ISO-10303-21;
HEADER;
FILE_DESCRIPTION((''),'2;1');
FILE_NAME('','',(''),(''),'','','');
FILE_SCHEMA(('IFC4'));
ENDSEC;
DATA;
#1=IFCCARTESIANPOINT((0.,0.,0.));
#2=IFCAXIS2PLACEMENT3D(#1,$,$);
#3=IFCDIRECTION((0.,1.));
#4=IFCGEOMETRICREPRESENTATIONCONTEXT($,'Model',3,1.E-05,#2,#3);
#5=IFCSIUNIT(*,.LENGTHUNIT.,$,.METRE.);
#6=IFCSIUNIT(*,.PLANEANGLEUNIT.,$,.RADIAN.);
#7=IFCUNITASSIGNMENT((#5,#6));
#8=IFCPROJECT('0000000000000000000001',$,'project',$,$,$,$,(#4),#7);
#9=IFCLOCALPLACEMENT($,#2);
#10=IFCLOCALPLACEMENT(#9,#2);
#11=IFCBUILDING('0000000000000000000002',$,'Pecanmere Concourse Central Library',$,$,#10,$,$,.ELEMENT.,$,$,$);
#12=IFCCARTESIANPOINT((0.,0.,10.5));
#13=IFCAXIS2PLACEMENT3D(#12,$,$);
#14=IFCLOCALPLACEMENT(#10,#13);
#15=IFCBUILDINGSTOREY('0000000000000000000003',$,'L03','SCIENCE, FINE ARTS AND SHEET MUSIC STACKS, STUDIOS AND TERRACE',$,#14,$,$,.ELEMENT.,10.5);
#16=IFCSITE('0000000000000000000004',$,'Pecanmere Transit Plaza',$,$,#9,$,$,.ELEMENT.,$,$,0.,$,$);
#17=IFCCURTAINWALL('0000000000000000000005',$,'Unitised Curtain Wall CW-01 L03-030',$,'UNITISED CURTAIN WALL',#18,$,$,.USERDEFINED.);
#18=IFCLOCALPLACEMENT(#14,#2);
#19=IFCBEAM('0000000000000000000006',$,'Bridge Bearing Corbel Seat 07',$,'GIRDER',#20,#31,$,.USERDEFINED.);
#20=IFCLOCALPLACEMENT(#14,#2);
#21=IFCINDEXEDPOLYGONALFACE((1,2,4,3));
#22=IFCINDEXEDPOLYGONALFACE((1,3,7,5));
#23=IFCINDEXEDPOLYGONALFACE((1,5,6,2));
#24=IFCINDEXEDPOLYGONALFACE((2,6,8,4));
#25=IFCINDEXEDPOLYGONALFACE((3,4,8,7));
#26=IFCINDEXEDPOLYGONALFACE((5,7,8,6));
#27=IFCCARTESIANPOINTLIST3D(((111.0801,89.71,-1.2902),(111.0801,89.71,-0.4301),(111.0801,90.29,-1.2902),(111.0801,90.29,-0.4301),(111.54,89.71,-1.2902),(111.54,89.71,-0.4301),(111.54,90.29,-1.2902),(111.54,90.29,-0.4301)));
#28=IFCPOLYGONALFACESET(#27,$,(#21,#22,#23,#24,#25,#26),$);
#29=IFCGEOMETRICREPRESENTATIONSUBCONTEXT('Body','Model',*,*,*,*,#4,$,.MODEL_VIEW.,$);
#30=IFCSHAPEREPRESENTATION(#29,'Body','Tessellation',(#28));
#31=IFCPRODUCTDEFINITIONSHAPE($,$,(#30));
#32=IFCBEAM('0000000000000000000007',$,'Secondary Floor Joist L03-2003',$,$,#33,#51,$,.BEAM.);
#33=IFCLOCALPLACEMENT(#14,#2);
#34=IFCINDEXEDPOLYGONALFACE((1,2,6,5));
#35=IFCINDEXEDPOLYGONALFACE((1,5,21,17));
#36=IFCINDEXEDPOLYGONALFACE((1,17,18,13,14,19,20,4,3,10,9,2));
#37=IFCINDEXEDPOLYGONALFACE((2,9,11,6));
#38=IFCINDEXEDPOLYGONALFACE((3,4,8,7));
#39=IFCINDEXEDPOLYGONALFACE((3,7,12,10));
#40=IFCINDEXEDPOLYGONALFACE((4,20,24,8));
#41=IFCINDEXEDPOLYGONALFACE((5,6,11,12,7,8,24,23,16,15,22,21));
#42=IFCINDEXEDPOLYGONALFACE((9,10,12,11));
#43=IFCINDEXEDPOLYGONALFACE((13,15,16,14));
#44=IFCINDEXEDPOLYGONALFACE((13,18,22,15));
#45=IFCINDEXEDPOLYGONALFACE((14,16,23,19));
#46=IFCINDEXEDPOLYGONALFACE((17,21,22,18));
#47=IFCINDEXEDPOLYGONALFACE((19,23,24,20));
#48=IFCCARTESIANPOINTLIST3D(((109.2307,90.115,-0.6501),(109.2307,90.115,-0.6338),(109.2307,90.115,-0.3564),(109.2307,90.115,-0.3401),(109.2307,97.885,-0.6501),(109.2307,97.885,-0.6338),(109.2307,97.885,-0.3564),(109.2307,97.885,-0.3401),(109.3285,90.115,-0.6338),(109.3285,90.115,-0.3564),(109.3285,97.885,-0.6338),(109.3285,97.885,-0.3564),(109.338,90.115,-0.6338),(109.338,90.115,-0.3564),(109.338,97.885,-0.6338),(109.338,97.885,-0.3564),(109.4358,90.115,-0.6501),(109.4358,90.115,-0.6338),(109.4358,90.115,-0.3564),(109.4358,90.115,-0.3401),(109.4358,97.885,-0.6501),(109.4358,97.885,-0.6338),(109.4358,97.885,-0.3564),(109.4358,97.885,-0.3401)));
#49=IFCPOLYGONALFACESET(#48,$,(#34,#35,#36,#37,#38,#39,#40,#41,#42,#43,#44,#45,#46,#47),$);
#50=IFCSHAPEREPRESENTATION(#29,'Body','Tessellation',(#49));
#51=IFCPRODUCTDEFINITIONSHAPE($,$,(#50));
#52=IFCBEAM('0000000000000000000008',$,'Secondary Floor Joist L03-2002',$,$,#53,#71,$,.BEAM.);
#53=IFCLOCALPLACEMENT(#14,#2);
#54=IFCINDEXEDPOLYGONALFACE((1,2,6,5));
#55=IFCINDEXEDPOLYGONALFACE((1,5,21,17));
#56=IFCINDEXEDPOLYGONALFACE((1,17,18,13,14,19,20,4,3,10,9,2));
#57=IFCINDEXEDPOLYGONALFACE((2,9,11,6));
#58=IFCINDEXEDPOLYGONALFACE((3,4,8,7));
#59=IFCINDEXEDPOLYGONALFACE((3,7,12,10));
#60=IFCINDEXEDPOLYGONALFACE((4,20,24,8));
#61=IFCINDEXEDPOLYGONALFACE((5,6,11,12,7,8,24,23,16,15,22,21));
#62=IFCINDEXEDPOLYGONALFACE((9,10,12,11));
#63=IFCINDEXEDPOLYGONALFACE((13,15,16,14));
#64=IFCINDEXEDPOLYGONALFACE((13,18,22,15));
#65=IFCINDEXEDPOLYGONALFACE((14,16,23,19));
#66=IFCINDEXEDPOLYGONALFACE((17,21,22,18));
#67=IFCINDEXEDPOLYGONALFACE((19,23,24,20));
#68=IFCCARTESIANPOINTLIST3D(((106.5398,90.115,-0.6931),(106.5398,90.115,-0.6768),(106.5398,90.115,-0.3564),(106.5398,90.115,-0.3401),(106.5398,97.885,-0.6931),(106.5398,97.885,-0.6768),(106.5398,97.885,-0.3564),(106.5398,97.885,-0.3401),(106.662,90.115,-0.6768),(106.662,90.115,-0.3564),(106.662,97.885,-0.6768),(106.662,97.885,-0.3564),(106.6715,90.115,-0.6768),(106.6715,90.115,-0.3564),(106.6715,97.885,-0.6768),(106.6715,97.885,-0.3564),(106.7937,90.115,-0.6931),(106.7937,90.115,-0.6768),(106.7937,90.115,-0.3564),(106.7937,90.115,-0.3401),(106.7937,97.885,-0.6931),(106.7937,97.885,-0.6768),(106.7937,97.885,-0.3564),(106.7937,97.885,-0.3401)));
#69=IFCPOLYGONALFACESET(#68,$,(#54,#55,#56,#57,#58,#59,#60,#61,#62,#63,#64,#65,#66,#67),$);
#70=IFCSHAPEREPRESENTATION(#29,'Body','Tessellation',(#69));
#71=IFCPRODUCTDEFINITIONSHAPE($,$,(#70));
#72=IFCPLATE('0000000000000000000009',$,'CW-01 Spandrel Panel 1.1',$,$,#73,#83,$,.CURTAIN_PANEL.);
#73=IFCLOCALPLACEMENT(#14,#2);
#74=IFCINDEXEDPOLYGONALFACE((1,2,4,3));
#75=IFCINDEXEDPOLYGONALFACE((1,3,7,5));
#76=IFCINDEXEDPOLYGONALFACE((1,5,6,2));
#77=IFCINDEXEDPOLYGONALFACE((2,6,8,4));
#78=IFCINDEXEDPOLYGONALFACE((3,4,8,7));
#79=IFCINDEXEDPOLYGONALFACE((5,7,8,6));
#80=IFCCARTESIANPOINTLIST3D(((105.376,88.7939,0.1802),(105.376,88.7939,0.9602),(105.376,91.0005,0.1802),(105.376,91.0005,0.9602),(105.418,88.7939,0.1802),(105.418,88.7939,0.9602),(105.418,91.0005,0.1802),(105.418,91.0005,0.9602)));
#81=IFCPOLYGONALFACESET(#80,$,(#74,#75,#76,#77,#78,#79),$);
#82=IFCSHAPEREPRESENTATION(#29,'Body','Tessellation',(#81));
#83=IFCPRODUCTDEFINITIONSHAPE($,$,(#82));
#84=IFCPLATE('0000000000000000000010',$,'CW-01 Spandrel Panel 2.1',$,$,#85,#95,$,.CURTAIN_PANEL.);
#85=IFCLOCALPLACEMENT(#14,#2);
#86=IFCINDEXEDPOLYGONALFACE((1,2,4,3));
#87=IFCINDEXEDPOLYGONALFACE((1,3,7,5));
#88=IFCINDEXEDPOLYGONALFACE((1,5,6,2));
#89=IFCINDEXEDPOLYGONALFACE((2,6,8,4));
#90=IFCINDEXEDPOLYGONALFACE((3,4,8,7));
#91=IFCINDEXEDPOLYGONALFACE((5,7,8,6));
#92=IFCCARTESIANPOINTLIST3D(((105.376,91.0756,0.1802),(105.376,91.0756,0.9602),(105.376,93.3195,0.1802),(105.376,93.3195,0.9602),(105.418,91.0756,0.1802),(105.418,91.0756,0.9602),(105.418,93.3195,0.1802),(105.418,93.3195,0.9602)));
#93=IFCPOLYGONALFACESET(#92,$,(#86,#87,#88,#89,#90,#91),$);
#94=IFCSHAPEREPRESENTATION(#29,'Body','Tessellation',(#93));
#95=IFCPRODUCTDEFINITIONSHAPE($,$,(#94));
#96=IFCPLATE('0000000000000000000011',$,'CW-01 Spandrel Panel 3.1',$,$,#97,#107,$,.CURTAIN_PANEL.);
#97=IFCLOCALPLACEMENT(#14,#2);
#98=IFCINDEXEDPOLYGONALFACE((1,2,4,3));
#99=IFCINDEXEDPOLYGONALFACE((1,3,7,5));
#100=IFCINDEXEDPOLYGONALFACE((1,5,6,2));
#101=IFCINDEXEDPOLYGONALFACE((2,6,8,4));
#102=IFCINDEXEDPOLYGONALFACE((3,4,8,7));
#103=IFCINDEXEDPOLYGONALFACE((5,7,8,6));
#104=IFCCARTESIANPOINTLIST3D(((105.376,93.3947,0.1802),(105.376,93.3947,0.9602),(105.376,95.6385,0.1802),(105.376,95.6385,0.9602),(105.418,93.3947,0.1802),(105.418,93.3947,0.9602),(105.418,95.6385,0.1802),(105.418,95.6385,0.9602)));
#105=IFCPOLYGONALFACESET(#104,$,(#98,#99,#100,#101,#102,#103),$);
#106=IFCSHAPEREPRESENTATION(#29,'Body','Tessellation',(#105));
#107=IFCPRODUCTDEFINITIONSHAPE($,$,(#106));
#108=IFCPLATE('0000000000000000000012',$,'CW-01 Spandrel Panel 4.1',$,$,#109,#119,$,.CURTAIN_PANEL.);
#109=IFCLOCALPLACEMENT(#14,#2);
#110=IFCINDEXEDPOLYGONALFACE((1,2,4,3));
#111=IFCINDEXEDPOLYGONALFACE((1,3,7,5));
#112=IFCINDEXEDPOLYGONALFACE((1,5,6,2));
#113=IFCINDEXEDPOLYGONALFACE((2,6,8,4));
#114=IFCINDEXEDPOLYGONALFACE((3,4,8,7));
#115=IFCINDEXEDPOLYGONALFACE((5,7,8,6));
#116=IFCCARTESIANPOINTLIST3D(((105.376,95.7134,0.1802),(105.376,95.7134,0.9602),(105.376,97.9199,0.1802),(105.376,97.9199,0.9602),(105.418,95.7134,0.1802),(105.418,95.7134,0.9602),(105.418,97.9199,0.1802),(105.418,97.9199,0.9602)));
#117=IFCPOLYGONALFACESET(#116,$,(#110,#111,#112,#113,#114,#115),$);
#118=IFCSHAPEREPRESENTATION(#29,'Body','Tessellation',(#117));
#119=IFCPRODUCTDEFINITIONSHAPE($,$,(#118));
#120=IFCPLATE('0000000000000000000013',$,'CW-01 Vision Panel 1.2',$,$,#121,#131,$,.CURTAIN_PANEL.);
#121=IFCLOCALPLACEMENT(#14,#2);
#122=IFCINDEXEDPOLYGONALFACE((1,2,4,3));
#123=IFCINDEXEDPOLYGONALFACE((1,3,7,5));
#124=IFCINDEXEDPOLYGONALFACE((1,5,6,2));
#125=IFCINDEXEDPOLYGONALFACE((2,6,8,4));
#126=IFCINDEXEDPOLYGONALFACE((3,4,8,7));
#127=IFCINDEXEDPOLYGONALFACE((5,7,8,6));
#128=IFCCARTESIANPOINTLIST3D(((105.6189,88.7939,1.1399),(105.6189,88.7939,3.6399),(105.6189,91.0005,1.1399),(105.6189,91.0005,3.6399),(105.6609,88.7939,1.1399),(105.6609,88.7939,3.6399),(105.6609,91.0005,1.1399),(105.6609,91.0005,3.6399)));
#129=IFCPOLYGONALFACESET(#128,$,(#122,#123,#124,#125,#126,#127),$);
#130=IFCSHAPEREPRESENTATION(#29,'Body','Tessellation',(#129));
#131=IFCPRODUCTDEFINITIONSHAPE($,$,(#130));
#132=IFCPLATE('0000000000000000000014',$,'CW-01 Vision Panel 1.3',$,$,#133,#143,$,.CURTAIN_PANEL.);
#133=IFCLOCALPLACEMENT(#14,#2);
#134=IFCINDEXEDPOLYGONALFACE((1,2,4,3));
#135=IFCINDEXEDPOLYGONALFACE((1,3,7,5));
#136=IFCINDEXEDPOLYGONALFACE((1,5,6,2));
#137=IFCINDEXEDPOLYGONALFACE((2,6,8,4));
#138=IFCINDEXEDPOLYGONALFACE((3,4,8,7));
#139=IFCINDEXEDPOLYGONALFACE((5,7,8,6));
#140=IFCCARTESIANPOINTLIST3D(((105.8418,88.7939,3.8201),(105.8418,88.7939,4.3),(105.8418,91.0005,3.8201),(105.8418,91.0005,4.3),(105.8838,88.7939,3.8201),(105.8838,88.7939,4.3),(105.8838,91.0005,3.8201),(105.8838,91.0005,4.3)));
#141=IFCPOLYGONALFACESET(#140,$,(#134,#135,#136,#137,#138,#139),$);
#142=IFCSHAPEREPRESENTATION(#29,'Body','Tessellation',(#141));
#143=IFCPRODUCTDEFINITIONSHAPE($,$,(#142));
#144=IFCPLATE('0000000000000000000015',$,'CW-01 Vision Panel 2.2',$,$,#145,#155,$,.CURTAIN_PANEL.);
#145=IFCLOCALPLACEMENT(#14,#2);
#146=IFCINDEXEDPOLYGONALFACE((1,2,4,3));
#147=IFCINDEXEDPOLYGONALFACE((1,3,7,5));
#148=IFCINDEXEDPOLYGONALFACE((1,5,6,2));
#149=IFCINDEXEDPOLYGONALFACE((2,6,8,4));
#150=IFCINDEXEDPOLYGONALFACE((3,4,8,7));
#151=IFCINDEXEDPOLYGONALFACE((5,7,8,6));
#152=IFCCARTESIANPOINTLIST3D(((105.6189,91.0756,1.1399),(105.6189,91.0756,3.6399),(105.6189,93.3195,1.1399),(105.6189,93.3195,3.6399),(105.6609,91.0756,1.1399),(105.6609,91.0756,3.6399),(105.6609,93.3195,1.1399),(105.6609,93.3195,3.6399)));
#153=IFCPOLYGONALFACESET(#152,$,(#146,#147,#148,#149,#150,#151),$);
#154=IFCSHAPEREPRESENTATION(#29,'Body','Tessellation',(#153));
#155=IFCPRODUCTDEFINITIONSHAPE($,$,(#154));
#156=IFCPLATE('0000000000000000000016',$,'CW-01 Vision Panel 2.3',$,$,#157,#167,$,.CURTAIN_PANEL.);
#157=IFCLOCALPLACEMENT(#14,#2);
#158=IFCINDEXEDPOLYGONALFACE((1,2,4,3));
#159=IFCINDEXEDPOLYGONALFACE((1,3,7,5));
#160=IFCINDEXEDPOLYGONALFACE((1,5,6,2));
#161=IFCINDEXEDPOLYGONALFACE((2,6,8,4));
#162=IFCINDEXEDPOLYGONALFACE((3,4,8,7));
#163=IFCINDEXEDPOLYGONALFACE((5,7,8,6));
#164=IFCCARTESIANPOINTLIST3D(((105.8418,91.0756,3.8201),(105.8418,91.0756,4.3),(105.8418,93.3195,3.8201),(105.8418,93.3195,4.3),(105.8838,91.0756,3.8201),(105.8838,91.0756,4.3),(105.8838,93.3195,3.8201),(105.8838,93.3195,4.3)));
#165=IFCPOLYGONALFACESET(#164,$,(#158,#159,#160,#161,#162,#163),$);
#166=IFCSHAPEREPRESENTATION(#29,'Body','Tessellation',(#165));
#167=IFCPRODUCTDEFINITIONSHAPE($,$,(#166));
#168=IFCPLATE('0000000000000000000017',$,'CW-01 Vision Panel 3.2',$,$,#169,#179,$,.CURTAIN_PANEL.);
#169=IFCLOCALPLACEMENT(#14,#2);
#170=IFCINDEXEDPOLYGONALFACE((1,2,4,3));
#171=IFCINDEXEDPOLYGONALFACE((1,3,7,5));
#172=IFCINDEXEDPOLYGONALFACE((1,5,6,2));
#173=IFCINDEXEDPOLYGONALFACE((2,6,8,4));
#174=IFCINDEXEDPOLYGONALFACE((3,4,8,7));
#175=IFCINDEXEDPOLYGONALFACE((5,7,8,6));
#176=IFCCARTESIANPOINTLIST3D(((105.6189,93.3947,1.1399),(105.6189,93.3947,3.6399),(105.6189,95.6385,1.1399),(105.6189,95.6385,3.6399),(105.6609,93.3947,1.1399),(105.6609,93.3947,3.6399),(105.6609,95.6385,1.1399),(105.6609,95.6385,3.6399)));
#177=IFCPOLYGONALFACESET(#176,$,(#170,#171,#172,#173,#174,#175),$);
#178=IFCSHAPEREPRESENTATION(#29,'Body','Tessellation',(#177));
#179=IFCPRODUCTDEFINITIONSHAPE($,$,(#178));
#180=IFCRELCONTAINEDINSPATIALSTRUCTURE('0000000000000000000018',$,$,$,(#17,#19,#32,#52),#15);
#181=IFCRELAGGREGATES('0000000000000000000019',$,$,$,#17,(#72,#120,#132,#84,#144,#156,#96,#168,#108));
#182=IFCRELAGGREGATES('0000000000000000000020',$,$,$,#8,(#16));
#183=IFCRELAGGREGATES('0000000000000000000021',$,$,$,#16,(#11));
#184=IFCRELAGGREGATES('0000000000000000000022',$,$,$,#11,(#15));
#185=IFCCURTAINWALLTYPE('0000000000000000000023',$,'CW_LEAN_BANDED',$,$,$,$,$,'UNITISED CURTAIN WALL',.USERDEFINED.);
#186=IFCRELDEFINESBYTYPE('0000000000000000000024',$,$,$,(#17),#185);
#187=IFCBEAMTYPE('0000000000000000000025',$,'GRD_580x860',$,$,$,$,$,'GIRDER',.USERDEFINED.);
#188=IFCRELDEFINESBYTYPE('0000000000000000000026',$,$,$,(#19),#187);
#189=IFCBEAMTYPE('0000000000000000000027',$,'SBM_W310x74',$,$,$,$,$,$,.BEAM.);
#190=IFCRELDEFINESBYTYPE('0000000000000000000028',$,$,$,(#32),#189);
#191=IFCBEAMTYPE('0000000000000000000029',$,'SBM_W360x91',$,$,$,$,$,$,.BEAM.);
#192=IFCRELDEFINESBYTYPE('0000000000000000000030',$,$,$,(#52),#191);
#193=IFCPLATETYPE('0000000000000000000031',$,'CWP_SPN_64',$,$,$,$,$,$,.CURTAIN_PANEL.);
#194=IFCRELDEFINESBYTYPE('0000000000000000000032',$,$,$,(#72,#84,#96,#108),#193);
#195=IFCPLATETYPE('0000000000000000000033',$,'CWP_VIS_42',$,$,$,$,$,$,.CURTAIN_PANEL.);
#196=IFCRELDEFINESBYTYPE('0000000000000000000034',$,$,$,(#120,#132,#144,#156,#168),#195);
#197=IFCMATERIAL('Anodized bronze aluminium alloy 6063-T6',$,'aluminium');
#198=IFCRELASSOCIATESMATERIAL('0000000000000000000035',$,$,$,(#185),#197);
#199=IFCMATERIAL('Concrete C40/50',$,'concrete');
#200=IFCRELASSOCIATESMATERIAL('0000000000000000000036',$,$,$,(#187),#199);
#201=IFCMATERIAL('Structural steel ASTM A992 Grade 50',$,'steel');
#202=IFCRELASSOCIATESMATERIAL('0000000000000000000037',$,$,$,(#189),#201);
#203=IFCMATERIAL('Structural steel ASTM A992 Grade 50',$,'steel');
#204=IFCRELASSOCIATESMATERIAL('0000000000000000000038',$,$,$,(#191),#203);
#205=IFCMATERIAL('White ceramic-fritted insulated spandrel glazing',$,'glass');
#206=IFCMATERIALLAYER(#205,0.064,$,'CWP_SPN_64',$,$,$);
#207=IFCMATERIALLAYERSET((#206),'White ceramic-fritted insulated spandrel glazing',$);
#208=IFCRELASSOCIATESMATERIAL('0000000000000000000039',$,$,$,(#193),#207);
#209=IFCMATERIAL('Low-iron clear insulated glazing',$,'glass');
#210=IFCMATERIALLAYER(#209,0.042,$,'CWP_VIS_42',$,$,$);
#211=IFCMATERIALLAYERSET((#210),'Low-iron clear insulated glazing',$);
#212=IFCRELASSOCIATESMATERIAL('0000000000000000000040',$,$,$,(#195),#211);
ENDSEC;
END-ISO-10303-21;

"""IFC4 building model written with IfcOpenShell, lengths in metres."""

from ifc_helpers import new_model, si_unit, direction, frame, origin, origin_2d, place, context, subcontext, project, spatial, rectangle, i_section, extrude, material, layer, layer_set, material_profile, profile_set, type_object, element, aggregate, save


model = new_model("IFC4")

# Units and contexts
model_context = context("Model", 3, precision=1e-05, world=origin(), true_north=direction((0.0, 1.0)))
body_context = subcontext(model_context, "Body", "Model", "MODEL_VIEW")
ifc_project = project(units=[si_unit("LENGTHUNIT", "METRE"), si_unit("PLANEANGLEUNIT", "RADIAN")], contexts=[model_context])

# Site, building, storey
site_placement = place(None, origin())
site = spatial("IfcSite", under=ifc_project, at=site_placement, Name="Pecanmere Transit Plaza", CompositionType="ELEMENT", RefElevation=0.0)
building_placement = place(site_placement, origin())
building = spatial("IfcBuilding", under=site, at=building_placement, Name="Pecanmere Concourse Central Library", CompositionType="ELEMENT")
storey_placement = place(building_placement, frame((0.0, 0.0, 10.5)))
storey = spatial("IfcBuildingStorey", under=building, at=storey_placement, Name="L03", Description="SCIENCE, FINE ARTS AND SHEET MUSIC STACKS, STUDIOS AND TERRACE", CompositionType="ELEMENT", Elevation=10.5)

# Curtain wall
ifc_material_1 = material(Name="Anodized bronze aluminium alloy 6063-T6", Category="aluminium")
curtain_wall_type = type_object("IfcCurtainWallType", Name="CW_LEAN_BANDED", ElementType="UNITISED CURTAIN WALL", PredefinedType="USERDEFINED", material=ifc_material_1)
curtain_wall_placement = place(storey_placement, origin())
curtain_wall = element("IfcCurtainWall", 1, at=curtain_wall_placement, inside=storey, type_object=curtain_wall_type, Name="Unitised Curtain Wall CW-01 L03-030", ObjectType="UNITISED CURTAIN WALL", PredefinedType="USERDEFINED")

# Beams
ifc_material_2 = material(Name="Concrete C40/50", Category="concrete")
ifc_material_profile_1 = material_profile(ifc_material_2, rectangle(XDim=0.5801, YDim=0.8601, at=origin_2d()), Name="RC 580x860")
ifc_profile_set_1 = profile_set([ifc_material_profile_1], Name="Concrete C40/50")
beam_type_1 = type_object("IfcBeamType", Name="GRD_580x860", ElementType="GIRDER", PredefinedType="USERDEFINED", material=ifc_profile_set_1)
beam_1_placement = place(storey_placement, frame((111.54, 90.0, -0.8601), z_axis=(-1.0, 0.0, 0.0), x_axis=(0.0, -1.0, 0.0)))
element("IfcBeam", 2, at=beam_1_placement, inside=storey, type_object=beam_type_1, Name="Bridge Bearing Corbel Seat 07", ObjectType="GIRDER", PredefinedType="USERDEFINED", context=body_context, shape_type="SweptSolid", body=[
    extrude(rectangle(XDim=0.5801, YDim=0.8601, at=origin_2d()), origin(), (0.0, 0.0, 1.0), 0.46),
])
ifc_material_3 = material(Name="Structural steel ASTM A992 Grade 50", Category="steel")
ifc_material_profile_2 = material_profile(ifc_material_3, i_section(OverallWidth=0.2051, OverallDepth=0.3101, WebThickness=0.0095, FlangeThickness=0.0164, at=origin_2d()), Name="W310x74")
ifc_profile_set_2 = profile_set([ifc_material_profile_2], Name="Structural steel ASTM A992 Grade 50")
beam_type_2 = type_object("IfcBeamType", Name="SBM_W310x74", PredefinedType="BEAM", material=ifc_profile_set_2)
beam_2_placement = place(storey_placement, frame((109.3333, 90.115, -0.4951), z_axis=(0.0, 1.0, 0.0), x_axis=(-1.0, 0.0, 0.0)))
element("IfcBeam", 3, at=beam_2_placement, inside=storey, type_object=beam_type_2, Name="Secondary Floor Joist L03-2003", PredefinedType="BEAM", context=body_context, shape_type="SweptSolid", body=[
    extrude(i_section(OverallWidth=0.2051, OverallDepth=0.3101, WebThickness=0.0095, FlangeThickness=0.0164, at=origin_2d()), origin(), (0.0, 0.0, 1.0), 7.77),
])
ifc_material_4 = material(Name="Structural steel ASTM A992 Grade 50", Category="steel")
ifc_material_profile_3 = material_profile(ifc_material_4, i_section(OverallWidth=0.2539, OverallDepth=0.353, WebThickness=0.0095, FlangeThickness=0.0164, at=origin_2d()), Name="W360x91")
ifc_profile_set_3 = profile_set([ifc_material_profile_3], Name="Structural steel ASTM A992 Grade 50")
beam_type_3 = type_object("IfcBeamType", Name="SBM_W360x91", PredefinedType="BEAM", material=ifc_profile_set_3)
beam_3_placement = place(storey_placement, frame((106.6667, 90.115, -0.5166), z_axis=(0.0, 1.0, 0.0), x_axis=(-1.0, 0.0, 0.0)))
element("IfcBeam", 4, at=beam_3_placement, inside=storey, type_object=beam_type_3, Name="Secondary Floor Joist L03-2002", PredefinedType="BEAM", context=body_context, shape_type="SweptSolid", body=[
    extrude(i_section(OverallWidth=0.2539, OverallDepth=0.353, WebThickness=0.0095, FlangeThickness=0.0164, at=origin_2d()), origin(), (0.0, 0.0, 1.0), 7.77),
])

# Plates
ifc_material_5 = material(Name="White ceramic-fritted insulated spandrel glazing", Category="glass")
ifc_layer_1 = layer(ifc_material_5, 0.064, Name="CWP_SPN_64")
ifc_layer_set_1 = layer_set([ifc_layer_1], Name="White ceramic-fritted insulated spandrel glazing")
plate_type_1 = type_object("IfcPlateType", Name="CWP_SPN_64", PredefinedType="CURTAIN_PANEL", material=ifc_layer_set_1)
plate_1_placement = place(storey_placement, frame((105.397, 89.8972, 0.1802), z_axis=(0.0, 0.0, 1.0), x_axis=(0.0, 1.0, 0.0)))
plate_1 = element("IfcPlate", 5, at=plate_1_placement, type_object=plate_type_1, Name="CW-01 Spandrel Panel 1.1", PredefinedType="CURTAIN_PANEL", context=body_context, shape_type="SweptSolid", body=[
    extrude(rectangle(XDim=2.2065, YDim=0.042, at=origin_2d()), origin(), (0.0, 0.0, 1.0), 0.78),
])
plate_2_placement = place(storey_placement, frame((105.397, 92.1975, 0.1802), z_axis=(0.0, 0.0, 1.0), x_axis=(0.0, 1.0, 0.0)))
plate_2 = element("IfcPlate", 6, at=plate_2_placement, type_object=plate_type_1, Name="CW-01 Spandrel Panel 2.1", PredefinedType="CURTAIN_PANEL", context=body_context, shape_type="SweptSolid", body=[
    extrude(rectangle(XDim=2.2439, YDim=0.042, at=origin_2d()), origin(), (0.0, 0.0, 1.0), 0.78),
])
plate_3_placement = place(storey_placement, frame((105.397, 94.5166, 0.1802), z_axis=(0.0, 0.0, 1.0), x_axis=(0.0, 1.0, 0.0)))
plate_3 = element("IfcPlate", 7, at=plate_3_placement, type_object=plate_type_1, Name="CW-01 Spandrel Panel 3.1", PredefinedType="CURTAIN_PANEL", context=body_context, shape_type="SweptSolid", body=[
    extrude(rectangle(XDim=2.2439, YDim=0.042, at=origin_2d()), origin(), (0.0, 0.0, 1.0), 0.78),
])
plate_4_placement = place(storey_placement, frame((105.397, 96.8167, 0.1802), z_axis=(0.0, 0.0, 1.0), x_axis=(0.0, 1.0, 0.0)))
plate_4 = element("IfcPlate", 8, at=plate_4_placement, type_object=plate_type_1, Name="CW-01 Spandrel Panel 4.1", PredefinedType="CURTAIN_PANEL", context=body_context, shape_type="SweptSolid", body=[
    extrude(rectangle(XDim=2.2065, YDim=0.042, at=origin_2d()), origin(), (0.0, 0.0, 1.0), 0.78),
])
ifc_material_6 = material(Name="Low-iron clear insulated glazing", Category="glass")
ifc_layer_2 = layer(ifc_material_6, 0.042, Name="CWP_VIS_42")
ifc_layer_set_2 = layer_set([ifc_layer_2], Name="Low-iron clear insulated glazing")
plate_type_2 = type_object("IfcPlateType", Name="CWP_VIS_42", PredefinedType="CURTAIN_PANEL", material=ifc_layer_set_2)
plate_5_placement = place(storey_placement, frame((105.6399, 89.8972, 1.1399), z_axis=(0.0, 0.0, 1.0), x_axis=(0.0, 1.0, 0.0)))
plate_5 = element("IfcPlate", 9, at=plate_5_placement, type_object=plate_type_2, Name="CW-01 Vision Panel 1.2", PredefinedType="CURTAIN_PANEL", context=body_context, shape_type="SweptSolid", body=[
    extrude(rectangle(XDim=2.2065, YDim=0.042, at=origin_2d()), origin(), (0.0, 0.0, 1.0), 2.5),
])
plate_6_placement = place(storey_placement, frame((105.8628, 89.8972, 3.8201), z_axis=(0.0, 0.0, 1.0), x_axis=(0.0, 1.0, 0.0)))
plate_6 = element("IfcPlate", 10, at=plate_6_placement, type_object=plate_type_2, Name="CW-01 Vision Panel 1.3", PredefinedType="CURTAIN_PANEL", context=body_context, shape_type="SweptSolid", body=[
    extrude(rectangle(XDim=2.2065, YDim=0.042, at=origin_2d()), origin(), (0.0, 0.0, 1.0), 0.48),
])
plate_7_placement = place(storey_placement, frame((105.6399, 92.1975, 1.1399), z_axis=(0.0, 0.0, 1.0), x_axis=(0.0, 1.0, 0.0)))
plate_7 = element("IfcPlate", 11, at=plate_7_placement, type_object=plate_type_2, Name="CW-01 Vision Panel 2.2", PredefinedType="CURTAIN_PANEL", context=body_context, shape_type="SweptSolid", body=[
    extrude(rectangle(XDim=2.2439, YDim=0.042, at=origin_2d()), origin(), (0.0, 0.0, 1.0), 2.5),
])
plate_8_placement = place(storey_placement, frame((105.8628, 92.1975, 3.8201), z_axis=(0.0, 0.0, 1.0), x_axis=(0.0, 1.0, 0.0)))
plate_8 = element("IfcPlate", 12, at=plate_8_placement, type_object=plate_type_2, Name="CW-01 Vision Panel 2.3", PredefinedType="CURTAIN_PANEL", context=body_context, shape_type="SweptSolid", body=[
    extrude(rectangle(XDim=2.2439, YDim=0.042, at=origin_2d()), origin(), (0.0, 0.0, 1.0), 0.48),
])
plate_9_placement = place(storey_placement, frame((105.6399, 94.5166, 1.1399), z_axis=(0.0, 0.0, 1.0), x_axis=(0.0, 1.0, 0.0)))
plate_9 = element("IfcPlate", 13, at=plate_9_placement, type_object=plate_type_2, Name="CW-01 Vision Panel 3.2", PredefinedType="CURTAIN_PANEL", context=body_context, shape_type="SweptSolid", body=[
    extrude(rectangle(XDim=2.2439, YDim=0.042, at=origin_2d()), origin(), (0.0, 0.0, 1.0), 2.5),
])
aggregate(curtain_wall, [plate_1, plate_5, plate_6, plate_2, plate_7, plate_8, plate_3, plate_9, plate_4])

save(model, "model.ifc")
